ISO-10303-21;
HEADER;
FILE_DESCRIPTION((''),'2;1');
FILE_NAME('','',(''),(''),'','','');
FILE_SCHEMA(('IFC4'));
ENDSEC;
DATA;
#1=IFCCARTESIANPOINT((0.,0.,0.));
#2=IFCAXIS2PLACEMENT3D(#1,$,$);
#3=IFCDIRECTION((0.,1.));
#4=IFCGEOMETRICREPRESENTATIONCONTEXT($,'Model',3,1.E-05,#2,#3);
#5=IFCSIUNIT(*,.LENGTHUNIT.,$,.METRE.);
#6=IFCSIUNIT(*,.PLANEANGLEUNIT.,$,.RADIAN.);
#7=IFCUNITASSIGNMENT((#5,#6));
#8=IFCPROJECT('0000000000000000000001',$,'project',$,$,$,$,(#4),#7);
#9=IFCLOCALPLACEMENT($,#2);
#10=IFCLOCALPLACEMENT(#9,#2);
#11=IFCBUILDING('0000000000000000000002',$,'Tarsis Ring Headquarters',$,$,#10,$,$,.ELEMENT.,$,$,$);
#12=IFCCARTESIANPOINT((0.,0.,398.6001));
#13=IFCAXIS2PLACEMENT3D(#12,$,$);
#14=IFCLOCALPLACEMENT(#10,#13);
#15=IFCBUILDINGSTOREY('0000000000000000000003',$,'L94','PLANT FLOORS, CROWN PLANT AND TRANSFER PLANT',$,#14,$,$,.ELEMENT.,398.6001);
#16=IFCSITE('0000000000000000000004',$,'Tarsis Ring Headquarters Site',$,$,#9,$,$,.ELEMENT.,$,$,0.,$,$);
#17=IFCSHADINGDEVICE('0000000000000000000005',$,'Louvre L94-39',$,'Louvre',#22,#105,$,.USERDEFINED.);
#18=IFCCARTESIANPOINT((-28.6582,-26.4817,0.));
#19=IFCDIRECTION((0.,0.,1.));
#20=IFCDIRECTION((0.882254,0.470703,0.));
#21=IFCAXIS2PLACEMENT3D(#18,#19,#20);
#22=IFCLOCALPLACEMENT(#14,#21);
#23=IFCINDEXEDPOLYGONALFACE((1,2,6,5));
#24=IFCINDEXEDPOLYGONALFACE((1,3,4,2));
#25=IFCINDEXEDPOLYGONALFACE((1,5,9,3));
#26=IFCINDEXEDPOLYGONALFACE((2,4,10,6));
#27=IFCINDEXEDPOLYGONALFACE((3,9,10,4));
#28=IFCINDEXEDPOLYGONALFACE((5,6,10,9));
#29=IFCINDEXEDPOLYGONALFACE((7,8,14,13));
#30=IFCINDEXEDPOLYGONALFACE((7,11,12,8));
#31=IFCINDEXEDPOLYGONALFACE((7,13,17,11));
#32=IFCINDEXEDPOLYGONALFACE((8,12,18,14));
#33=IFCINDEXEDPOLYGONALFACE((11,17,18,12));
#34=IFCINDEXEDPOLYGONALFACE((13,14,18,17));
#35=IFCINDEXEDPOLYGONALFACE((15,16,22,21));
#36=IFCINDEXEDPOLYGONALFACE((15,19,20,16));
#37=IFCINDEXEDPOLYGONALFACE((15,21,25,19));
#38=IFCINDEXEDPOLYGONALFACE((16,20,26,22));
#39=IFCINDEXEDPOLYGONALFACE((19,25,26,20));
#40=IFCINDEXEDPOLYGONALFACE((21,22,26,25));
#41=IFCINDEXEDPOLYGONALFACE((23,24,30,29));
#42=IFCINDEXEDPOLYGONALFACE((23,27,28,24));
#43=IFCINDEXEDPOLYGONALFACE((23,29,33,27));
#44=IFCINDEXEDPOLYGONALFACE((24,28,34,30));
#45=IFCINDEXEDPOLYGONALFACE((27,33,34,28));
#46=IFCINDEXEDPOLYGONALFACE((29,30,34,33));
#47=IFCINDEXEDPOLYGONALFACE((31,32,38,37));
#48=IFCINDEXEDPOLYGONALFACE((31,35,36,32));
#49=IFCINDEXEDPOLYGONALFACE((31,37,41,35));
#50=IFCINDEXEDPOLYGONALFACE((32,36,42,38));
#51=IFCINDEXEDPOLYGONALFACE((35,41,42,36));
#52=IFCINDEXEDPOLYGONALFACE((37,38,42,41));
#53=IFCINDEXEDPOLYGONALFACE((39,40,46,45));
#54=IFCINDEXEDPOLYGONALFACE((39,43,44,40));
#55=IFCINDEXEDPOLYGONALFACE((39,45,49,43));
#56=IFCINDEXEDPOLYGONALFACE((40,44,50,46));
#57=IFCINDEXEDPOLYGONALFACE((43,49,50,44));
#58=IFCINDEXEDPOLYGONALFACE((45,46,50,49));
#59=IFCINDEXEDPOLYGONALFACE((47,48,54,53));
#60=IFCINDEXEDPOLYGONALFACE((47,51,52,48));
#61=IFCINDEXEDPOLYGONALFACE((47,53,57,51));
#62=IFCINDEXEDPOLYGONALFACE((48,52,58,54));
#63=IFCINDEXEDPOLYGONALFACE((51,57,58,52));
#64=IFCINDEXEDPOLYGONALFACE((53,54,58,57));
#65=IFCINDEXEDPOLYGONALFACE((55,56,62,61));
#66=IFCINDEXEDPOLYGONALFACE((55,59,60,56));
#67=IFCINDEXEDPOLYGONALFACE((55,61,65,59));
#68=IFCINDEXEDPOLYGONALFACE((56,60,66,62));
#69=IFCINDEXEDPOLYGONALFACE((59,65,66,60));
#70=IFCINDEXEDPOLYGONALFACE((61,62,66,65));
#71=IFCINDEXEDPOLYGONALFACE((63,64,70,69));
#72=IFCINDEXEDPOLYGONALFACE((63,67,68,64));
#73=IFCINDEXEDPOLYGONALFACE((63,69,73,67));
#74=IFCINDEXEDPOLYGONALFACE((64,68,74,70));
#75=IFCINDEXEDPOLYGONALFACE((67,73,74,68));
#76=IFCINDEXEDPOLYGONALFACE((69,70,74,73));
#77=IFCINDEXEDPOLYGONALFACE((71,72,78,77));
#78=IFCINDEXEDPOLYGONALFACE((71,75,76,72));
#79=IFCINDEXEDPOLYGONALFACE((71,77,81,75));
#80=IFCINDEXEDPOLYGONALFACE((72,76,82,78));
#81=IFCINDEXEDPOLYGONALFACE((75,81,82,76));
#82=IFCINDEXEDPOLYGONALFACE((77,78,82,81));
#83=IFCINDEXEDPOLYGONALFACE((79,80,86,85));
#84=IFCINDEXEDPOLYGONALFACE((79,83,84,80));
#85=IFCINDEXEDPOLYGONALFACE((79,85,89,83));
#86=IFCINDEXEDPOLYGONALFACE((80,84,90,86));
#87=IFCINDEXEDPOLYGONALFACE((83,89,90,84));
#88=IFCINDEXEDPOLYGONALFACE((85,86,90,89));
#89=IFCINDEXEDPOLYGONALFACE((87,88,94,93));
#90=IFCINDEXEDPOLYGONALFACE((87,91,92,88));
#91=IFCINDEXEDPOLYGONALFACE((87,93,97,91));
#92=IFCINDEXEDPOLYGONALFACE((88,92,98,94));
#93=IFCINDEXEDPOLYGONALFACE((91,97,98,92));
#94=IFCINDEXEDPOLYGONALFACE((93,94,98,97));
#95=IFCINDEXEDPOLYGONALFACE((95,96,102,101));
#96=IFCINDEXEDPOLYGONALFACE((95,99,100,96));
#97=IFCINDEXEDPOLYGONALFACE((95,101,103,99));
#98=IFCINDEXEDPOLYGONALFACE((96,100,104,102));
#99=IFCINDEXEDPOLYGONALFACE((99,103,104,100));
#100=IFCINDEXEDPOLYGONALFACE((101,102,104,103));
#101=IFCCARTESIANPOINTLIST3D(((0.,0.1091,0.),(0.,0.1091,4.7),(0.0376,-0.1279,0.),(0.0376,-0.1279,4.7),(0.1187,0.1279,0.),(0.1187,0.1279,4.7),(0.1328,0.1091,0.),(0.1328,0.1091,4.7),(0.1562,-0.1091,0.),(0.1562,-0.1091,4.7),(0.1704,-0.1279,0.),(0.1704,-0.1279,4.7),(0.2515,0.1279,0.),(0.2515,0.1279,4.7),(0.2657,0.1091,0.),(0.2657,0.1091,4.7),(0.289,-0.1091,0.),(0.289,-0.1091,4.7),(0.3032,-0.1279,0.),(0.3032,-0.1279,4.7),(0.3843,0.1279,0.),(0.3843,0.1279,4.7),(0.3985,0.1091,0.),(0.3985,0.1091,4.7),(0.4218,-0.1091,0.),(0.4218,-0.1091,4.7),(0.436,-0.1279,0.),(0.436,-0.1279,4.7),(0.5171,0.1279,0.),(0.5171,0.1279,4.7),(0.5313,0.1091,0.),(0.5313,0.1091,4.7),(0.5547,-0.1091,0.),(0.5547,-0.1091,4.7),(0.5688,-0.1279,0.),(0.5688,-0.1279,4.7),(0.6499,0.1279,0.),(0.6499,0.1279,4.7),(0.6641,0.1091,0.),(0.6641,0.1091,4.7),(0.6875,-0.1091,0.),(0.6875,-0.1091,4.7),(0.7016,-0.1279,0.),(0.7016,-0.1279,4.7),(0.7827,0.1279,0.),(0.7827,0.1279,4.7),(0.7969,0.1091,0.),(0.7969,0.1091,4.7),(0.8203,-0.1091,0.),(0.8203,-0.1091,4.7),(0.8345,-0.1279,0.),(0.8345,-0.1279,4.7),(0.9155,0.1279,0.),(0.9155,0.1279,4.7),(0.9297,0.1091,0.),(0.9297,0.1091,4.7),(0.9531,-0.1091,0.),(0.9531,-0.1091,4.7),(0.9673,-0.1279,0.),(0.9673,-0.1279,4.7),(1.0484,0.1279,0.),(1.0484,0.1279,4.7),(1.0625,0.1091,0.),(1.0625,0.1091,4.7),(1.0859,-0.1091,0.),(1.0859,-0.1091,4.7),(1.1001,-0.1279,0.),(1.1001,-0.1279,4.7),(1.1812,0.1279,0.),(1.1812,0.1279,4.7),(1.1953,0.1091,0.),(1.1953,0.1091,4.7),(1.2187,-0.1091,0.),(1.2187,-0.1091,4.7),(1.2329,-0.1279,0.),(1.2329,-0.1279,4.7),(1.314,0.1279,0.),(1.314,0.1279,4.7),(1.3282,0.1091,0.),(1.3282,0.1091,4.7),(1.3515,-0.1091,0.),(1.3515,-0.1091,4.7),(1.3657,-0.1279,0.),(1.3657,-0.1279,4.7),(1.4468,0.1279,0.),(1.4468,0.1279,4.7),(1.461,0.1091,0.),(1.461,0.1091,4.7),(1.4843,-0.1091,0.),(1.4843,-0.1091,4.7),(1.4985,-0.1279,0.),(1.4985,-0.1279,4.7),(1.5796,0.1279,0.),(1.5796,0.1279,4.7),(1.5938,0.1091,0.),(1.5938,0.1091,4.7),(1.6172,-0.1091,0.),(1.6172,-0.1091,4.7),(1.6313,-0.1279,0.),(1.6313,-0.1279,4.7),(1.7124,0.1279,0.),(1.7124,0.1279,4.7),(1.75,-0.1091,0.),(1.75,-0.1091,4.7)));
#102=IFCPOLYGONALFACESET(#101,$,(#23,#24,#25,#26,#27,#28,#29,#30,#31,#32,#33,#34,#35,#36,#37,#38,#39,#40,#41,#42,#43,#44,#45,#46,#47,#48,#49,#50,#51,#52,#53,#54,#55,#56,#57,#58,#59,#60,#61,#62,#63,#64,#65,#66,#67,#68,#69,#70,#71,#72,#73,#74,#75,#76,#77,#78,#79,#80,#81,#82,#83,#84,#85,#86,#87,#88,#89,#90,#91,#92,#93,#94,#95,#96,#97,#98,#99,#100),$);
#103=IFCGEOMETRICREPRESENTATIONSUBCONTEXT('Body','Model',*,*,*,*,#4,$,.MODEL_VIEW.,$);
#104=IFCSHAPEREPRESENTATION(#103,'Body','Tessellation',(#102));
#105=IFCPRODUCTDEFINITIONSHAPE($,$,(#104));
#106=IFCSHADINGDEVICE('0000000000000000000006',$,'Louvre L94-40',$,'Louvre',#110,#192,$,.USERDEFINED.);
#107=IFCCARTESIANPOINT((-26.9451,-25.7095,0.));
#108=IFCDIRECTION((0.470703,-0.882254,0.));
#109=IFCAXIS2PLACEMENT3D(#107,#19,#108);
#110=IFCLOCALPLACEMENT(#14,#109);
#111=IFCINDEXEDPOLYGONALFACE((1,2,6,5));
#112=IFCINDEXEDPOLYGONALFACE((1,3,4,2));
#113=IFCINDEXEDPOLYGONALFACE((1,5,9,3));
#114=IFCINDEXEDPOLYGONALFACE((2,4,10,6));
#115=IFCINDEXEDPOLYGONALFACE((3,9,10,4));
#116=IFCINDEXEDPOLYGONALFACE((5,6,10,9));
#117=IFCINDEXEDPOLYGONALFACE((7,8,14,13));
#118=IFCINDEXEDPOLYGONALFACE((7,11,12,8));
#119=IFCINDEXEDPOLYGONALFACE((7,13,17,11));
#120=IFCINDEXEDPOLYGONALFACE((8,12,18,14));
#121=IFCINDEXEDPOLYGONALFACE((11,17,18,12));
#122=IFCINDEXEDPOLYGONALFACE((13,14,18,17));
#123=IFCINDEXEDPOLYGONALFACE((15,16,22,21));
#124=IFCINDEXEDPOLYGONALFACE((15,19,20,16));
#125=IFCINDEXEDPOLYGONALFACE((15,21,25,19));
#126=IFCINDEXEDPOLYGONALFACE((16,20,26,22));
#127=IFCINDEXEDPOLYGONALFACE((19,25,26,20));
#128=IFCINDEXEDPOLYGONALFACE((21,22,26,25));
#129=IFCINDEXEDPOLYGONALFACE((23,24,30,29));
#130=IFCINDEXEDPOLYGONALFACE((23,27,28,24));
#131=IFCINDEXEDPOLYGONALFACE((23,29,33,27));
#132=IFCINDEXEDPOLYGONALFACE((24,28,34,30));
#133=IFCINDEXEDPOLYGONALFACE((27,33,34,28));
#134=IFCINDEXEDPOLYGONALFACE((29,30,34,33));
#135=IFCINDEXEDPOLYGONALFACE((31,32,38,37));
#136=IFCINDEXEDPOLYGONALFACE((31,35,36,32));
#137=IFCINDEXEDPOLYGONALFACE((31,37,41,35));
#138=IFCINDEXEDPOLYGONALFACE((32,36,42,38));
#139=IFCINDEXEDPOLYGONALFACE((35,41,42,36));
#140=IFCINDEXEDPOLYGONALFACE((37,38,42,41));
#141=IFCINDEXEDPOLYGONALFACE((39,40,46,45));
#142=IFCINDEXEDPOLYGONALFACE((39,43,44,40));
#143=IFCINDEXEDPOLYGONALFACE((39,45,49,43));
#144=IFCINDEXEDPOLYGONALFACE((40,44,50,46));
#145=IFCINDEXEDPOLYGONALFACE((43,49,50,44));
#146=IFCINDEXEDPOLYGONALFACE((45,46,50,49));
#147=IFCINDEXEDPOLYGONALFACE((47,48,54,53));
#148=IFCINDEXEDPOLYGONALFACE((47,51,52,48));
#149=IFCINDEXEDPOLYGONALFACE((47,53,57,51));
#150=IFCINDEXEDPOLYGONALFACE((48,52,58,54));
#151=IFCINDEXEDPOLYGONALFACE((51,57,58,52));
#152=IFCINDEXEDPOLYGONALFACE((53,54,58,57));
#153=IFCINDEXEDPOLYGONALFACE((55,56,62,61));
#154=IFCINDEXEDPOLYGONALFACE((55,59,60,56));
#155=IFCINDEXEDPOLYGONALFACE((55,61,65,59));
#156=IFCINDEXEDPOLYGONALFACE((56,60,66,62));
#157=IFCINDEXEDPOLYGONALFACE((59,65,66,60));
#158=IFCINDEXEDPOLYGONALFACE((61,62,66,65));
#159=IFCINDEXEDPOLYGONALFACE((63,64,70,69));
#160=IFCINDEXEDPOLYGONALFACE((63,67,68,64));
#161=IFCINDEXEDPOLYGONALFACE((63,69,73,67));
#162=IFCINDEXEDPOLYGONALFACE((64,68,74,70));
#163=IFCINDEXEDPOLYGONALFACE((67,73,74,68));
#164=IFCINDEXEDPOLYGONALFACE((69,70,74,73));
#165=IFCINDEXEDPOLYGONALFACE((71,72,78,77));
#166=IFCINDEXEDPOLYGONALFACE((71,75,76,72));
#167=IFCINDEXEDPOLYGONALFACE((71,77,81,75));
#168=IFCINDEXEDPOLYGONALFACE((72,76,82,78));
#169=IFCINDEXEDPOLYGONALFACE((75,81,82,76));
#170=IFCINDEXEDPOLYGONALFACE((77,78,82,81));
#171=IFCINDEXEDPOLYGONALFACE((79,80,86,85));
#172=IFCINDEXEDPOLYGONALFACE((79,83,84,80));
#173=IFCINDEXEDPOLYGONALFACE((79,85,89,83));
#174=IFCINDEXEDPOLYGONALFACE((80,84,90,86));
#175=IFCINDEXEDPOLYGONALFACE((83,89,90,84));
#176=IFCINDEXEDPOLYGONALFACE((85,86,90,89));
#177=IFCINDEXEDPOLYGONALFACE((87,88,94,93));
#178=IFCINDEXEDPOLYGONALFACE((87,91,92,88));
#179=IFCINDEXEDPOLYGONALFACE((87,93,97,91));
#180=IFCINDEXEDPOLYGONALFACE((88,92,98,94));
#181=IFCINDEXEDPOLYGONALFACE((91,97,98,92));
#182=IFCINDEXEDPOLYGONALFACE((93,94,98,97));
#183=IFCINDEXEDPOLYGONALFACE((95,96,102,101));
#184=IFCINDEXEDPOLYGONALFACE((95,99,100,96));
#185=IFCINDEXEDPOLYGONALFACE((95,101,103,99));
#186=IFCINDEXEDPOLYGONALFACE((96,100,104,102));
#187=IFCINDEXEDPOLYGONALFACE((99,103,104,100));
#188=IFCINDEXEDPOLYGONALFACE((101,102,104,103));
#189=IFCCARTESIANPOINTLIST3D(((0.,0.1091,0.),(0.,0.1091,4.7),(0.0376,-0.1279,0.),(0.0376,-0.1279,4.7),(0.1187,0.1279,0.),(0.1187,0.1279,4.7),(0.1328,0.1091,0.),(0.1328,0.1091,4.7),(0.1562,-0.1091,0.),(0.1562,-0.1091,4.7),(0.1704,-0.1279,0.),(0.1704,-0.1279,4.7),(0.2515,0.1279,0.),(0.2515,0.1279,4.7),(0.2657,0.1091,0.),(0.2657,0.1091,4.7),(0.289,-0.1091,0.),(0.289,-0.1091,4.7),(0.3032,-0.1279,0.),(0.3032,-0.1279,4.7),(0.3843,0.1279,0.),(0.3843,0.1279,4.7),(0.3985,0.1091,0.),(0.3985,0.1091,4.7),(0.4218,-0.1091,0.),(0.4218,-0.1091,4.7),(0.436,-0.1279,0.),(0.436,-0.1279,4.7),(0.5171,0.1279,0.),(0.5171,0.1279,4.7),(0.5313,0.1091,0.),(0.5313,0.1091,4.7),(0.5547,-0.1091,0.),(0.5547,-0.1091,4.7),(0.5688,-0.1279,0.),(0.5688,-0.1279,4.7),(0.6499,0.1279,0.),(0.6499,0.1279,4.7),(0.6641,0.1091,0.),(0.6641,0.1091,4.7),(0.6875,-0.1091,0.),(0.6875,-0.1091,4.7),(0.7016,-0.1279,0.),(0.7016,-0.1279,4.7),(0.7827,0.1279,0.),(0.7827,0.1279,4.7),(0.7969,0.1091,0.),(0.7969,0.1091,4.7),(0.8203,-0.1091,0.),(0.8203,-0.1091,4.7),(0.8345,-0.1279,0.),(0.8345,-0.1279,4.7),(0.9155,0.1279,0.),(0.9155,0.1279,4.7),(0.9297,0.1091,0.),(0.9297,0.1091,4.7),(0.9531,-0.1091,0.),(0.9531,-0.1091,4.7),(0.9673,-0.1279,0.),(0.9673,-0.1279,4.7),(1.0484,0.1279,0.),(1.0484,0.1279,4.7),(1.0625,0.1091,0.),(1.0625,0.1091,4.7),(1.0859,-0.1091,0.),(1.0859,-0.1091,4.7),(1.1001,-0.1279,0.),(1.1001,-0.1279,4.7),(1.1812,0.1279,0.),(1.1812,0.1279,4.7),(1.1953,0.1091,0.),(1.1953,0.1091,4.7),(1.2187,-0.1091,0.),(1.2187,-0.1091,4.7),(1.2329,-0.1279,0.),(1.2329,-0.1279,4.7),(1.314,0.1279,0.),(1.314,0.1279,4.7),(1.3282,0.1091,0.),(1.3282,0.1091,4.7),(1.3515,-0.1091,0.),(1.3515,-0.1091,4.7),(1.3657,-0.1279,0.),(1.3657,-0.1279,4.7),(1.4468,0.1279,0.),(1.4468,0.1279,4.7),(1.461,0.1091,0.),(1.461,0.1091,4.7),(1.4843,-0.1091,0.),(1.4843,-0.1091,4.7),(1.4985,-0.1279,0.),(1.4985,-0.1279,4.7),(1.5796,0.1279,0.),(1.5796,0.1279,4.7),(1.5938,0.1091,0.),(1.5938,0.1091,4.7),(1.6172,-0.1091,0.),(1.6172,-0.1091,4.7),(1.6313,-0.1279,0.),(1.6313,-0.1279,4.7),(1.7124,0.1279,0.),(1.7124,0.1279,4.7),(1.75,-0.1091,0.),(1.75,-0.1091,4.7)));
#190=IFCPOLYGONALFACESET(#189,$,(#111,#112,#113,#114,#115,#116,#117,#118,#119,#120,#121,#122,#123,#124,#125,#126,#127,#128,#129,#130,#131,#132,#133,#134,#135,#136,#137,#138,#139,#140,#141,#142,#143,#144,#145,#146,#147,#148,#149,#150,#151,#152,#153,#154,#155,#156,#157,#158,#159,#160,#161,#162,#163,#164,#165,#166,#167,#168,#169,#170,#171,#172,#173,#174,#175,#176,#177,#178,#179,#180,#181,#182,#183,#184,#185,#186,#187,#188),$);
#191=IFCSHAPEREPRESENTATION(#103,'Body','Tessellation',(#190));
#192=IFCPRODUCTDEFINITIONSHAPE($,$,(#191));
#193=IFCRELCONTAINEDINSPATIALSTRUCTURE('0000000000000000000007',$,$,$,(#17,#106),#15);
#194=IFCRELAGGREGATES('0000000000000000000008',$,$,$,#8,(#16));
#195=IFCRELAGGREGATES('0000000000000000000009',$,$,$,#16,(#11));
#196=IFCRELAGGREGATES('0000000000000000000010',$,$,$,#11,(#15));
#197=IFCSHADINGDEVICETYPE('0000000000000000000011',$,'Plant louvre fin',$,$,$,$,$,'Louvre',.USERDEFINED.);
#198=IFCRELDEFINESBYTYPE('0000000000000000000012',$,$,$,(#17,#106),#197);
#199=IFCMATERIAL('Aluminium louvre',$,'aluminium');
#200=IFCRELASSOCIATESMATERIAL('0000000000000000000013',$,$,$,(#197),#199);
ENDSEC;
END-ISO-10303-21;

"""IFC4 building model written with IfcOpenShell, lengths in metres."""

from ifc_helpers import new_model, si_unit, direction, frame, frame_2d, origin, place, context, subcontext, project, spatial, rectangle, composite_profile, extrude, material, type_object, element, save


model = new_model("IFC4")

# Units and contexts
model_context = context("Model", 3, precision=1e-05, world=origin(), true_north=direction((0.0, 1.0)))
body_context = subcontext(model_context, "Body", "Model", "MODEL_VIEW")
ifc_project = project(units=[si_unit("LENGTHUNIT", "METRE"), si_unit("PLANEANGLEUNIT", "RADIAN")], contexts=[model_context])

# Site, building, storey
site_placement = place(None, origin())
site = spatial("IfcSite", under=ifc_project, at=site_placement, Name="Tarsis Ring Headquarters Site", CompositionType="ELEMENT", RefElevation=0.0)
building_placement = place(site_placement, origin())
building = spatial("IfcBuilding", under=site, at=building_placement, Name="Tarsis Ring Headquarters", CompositionType="ELEMENT")
storey_placement = place(building_placement, frame((0.0, 0.0, 398.6001)))
storey = spatial("IfcBuildingStorey", under=building, at=storey_placement, Name="L94", Description="PLANT FLOORS, CROWN PLANT AND TRANSFER PLANT", CompositionType="ELEMENT", Elevation=398.6001)

# Shading devices
ifc_material_1 = material(Name="Aluminium louvre", Category="aluminium")
shading_device_type_1 = type_object("IfcShadingDeviceType", Name="Plant louvre fin", ElementType="Louvre", PredefinedType="USERDEFINED", material=ifc_material_1)
for number, where, z_axis, x_axis, name in (
    (1, (-28.6582, -26.4817, 0.0), (0.0, 0.0, 1.0), (0.882254, 0.470703, 0.0), "Louvre L94-39"),
    (2, (-26.9451, -25.7095, 0.0), (0.0, 0.0, 1.0), (0.470703, -0.882254, 0.0), "Louvre L94-40"),
):
    element("IfcShadingDevice", number, at=place(storey_placement, frame(where, z_axis=z_axis, x_axis=x_axis)), inside=storey, type_object=shading_device_type_1, Name=name, ObjectType="Louvre", PredefinedType="USERDEFINED", context=body_context, shape_type="SweptSolid", body=[
        extrude(composite_profile([rectangle(XDim=0.1201, YDim=0.24, at=frame_2d((0.0781, 0.0), x_axis=(0.987688, 0.156434))), rectangle(XDim=0.1201, YDim=0.24, at=frame_2d((0.2109, 0.0), x_axis=(0.987688, 0.156434))), rectangle(XDim=0.1201, YDim=0.24, at=frame_2d((0.3438, 0.0), x_axis=(0.987688, 0.156434))), rectangle(XDim=0.1201, YDim=0.24, at=frame_2d((0.4766, 0.0), x_axis=(0.987688, 0.156434))), rectangle(XDim=0.1201, YDim=0.24, at=frame_2d((0.6094, 0.0), x_axis=(0.987688, 0.156434))), rectangle(XDim=0.1201, YDim=0.24, at=frame_2d((0.7422, 0.0), x_axis=(0.987688, 0.156434))), rectangle(XDim=0.1201, YDim=0.24, at=frame_2d((0.875, 0.0), x_axis=(0.987688, 0.156434))), rectangle(XDim=0.1201, YDim=0.24, at=frame_2d((1.0078, 0.0), x_axis=(0.987688, 0.156434))), rectangle(XDim=0.1201, YDim=0.24, at=frame_2d((1.1406, 0.0), x_axis=(0.987688, 0.156434))), rectangle(XDim=0.1201, YDim=0.24, at=frame_2d((1.2734, 0.0), x_axis=(0.987688, 0.156434))), rectangle(XDim=0.1201, YDim=0.24, at=frame_2d((1.4062, 0.0), x_axis=(0.987688, 0.156434))), rectangle(XDim=0.1201, YDim=0.24, at=frame_2d((1.5391, 0.0), x_axis=(0.987688, 0.156434))), rectangle(XDim=0.1201, YDim=0.24, at=frame_2d((1.6719, 0.0), x_axis=(0.987688, 0.156434)))]), origin(), (0.0, 0.0, 1.0), 4.7),
    ])

save(model, "model.ifc")
